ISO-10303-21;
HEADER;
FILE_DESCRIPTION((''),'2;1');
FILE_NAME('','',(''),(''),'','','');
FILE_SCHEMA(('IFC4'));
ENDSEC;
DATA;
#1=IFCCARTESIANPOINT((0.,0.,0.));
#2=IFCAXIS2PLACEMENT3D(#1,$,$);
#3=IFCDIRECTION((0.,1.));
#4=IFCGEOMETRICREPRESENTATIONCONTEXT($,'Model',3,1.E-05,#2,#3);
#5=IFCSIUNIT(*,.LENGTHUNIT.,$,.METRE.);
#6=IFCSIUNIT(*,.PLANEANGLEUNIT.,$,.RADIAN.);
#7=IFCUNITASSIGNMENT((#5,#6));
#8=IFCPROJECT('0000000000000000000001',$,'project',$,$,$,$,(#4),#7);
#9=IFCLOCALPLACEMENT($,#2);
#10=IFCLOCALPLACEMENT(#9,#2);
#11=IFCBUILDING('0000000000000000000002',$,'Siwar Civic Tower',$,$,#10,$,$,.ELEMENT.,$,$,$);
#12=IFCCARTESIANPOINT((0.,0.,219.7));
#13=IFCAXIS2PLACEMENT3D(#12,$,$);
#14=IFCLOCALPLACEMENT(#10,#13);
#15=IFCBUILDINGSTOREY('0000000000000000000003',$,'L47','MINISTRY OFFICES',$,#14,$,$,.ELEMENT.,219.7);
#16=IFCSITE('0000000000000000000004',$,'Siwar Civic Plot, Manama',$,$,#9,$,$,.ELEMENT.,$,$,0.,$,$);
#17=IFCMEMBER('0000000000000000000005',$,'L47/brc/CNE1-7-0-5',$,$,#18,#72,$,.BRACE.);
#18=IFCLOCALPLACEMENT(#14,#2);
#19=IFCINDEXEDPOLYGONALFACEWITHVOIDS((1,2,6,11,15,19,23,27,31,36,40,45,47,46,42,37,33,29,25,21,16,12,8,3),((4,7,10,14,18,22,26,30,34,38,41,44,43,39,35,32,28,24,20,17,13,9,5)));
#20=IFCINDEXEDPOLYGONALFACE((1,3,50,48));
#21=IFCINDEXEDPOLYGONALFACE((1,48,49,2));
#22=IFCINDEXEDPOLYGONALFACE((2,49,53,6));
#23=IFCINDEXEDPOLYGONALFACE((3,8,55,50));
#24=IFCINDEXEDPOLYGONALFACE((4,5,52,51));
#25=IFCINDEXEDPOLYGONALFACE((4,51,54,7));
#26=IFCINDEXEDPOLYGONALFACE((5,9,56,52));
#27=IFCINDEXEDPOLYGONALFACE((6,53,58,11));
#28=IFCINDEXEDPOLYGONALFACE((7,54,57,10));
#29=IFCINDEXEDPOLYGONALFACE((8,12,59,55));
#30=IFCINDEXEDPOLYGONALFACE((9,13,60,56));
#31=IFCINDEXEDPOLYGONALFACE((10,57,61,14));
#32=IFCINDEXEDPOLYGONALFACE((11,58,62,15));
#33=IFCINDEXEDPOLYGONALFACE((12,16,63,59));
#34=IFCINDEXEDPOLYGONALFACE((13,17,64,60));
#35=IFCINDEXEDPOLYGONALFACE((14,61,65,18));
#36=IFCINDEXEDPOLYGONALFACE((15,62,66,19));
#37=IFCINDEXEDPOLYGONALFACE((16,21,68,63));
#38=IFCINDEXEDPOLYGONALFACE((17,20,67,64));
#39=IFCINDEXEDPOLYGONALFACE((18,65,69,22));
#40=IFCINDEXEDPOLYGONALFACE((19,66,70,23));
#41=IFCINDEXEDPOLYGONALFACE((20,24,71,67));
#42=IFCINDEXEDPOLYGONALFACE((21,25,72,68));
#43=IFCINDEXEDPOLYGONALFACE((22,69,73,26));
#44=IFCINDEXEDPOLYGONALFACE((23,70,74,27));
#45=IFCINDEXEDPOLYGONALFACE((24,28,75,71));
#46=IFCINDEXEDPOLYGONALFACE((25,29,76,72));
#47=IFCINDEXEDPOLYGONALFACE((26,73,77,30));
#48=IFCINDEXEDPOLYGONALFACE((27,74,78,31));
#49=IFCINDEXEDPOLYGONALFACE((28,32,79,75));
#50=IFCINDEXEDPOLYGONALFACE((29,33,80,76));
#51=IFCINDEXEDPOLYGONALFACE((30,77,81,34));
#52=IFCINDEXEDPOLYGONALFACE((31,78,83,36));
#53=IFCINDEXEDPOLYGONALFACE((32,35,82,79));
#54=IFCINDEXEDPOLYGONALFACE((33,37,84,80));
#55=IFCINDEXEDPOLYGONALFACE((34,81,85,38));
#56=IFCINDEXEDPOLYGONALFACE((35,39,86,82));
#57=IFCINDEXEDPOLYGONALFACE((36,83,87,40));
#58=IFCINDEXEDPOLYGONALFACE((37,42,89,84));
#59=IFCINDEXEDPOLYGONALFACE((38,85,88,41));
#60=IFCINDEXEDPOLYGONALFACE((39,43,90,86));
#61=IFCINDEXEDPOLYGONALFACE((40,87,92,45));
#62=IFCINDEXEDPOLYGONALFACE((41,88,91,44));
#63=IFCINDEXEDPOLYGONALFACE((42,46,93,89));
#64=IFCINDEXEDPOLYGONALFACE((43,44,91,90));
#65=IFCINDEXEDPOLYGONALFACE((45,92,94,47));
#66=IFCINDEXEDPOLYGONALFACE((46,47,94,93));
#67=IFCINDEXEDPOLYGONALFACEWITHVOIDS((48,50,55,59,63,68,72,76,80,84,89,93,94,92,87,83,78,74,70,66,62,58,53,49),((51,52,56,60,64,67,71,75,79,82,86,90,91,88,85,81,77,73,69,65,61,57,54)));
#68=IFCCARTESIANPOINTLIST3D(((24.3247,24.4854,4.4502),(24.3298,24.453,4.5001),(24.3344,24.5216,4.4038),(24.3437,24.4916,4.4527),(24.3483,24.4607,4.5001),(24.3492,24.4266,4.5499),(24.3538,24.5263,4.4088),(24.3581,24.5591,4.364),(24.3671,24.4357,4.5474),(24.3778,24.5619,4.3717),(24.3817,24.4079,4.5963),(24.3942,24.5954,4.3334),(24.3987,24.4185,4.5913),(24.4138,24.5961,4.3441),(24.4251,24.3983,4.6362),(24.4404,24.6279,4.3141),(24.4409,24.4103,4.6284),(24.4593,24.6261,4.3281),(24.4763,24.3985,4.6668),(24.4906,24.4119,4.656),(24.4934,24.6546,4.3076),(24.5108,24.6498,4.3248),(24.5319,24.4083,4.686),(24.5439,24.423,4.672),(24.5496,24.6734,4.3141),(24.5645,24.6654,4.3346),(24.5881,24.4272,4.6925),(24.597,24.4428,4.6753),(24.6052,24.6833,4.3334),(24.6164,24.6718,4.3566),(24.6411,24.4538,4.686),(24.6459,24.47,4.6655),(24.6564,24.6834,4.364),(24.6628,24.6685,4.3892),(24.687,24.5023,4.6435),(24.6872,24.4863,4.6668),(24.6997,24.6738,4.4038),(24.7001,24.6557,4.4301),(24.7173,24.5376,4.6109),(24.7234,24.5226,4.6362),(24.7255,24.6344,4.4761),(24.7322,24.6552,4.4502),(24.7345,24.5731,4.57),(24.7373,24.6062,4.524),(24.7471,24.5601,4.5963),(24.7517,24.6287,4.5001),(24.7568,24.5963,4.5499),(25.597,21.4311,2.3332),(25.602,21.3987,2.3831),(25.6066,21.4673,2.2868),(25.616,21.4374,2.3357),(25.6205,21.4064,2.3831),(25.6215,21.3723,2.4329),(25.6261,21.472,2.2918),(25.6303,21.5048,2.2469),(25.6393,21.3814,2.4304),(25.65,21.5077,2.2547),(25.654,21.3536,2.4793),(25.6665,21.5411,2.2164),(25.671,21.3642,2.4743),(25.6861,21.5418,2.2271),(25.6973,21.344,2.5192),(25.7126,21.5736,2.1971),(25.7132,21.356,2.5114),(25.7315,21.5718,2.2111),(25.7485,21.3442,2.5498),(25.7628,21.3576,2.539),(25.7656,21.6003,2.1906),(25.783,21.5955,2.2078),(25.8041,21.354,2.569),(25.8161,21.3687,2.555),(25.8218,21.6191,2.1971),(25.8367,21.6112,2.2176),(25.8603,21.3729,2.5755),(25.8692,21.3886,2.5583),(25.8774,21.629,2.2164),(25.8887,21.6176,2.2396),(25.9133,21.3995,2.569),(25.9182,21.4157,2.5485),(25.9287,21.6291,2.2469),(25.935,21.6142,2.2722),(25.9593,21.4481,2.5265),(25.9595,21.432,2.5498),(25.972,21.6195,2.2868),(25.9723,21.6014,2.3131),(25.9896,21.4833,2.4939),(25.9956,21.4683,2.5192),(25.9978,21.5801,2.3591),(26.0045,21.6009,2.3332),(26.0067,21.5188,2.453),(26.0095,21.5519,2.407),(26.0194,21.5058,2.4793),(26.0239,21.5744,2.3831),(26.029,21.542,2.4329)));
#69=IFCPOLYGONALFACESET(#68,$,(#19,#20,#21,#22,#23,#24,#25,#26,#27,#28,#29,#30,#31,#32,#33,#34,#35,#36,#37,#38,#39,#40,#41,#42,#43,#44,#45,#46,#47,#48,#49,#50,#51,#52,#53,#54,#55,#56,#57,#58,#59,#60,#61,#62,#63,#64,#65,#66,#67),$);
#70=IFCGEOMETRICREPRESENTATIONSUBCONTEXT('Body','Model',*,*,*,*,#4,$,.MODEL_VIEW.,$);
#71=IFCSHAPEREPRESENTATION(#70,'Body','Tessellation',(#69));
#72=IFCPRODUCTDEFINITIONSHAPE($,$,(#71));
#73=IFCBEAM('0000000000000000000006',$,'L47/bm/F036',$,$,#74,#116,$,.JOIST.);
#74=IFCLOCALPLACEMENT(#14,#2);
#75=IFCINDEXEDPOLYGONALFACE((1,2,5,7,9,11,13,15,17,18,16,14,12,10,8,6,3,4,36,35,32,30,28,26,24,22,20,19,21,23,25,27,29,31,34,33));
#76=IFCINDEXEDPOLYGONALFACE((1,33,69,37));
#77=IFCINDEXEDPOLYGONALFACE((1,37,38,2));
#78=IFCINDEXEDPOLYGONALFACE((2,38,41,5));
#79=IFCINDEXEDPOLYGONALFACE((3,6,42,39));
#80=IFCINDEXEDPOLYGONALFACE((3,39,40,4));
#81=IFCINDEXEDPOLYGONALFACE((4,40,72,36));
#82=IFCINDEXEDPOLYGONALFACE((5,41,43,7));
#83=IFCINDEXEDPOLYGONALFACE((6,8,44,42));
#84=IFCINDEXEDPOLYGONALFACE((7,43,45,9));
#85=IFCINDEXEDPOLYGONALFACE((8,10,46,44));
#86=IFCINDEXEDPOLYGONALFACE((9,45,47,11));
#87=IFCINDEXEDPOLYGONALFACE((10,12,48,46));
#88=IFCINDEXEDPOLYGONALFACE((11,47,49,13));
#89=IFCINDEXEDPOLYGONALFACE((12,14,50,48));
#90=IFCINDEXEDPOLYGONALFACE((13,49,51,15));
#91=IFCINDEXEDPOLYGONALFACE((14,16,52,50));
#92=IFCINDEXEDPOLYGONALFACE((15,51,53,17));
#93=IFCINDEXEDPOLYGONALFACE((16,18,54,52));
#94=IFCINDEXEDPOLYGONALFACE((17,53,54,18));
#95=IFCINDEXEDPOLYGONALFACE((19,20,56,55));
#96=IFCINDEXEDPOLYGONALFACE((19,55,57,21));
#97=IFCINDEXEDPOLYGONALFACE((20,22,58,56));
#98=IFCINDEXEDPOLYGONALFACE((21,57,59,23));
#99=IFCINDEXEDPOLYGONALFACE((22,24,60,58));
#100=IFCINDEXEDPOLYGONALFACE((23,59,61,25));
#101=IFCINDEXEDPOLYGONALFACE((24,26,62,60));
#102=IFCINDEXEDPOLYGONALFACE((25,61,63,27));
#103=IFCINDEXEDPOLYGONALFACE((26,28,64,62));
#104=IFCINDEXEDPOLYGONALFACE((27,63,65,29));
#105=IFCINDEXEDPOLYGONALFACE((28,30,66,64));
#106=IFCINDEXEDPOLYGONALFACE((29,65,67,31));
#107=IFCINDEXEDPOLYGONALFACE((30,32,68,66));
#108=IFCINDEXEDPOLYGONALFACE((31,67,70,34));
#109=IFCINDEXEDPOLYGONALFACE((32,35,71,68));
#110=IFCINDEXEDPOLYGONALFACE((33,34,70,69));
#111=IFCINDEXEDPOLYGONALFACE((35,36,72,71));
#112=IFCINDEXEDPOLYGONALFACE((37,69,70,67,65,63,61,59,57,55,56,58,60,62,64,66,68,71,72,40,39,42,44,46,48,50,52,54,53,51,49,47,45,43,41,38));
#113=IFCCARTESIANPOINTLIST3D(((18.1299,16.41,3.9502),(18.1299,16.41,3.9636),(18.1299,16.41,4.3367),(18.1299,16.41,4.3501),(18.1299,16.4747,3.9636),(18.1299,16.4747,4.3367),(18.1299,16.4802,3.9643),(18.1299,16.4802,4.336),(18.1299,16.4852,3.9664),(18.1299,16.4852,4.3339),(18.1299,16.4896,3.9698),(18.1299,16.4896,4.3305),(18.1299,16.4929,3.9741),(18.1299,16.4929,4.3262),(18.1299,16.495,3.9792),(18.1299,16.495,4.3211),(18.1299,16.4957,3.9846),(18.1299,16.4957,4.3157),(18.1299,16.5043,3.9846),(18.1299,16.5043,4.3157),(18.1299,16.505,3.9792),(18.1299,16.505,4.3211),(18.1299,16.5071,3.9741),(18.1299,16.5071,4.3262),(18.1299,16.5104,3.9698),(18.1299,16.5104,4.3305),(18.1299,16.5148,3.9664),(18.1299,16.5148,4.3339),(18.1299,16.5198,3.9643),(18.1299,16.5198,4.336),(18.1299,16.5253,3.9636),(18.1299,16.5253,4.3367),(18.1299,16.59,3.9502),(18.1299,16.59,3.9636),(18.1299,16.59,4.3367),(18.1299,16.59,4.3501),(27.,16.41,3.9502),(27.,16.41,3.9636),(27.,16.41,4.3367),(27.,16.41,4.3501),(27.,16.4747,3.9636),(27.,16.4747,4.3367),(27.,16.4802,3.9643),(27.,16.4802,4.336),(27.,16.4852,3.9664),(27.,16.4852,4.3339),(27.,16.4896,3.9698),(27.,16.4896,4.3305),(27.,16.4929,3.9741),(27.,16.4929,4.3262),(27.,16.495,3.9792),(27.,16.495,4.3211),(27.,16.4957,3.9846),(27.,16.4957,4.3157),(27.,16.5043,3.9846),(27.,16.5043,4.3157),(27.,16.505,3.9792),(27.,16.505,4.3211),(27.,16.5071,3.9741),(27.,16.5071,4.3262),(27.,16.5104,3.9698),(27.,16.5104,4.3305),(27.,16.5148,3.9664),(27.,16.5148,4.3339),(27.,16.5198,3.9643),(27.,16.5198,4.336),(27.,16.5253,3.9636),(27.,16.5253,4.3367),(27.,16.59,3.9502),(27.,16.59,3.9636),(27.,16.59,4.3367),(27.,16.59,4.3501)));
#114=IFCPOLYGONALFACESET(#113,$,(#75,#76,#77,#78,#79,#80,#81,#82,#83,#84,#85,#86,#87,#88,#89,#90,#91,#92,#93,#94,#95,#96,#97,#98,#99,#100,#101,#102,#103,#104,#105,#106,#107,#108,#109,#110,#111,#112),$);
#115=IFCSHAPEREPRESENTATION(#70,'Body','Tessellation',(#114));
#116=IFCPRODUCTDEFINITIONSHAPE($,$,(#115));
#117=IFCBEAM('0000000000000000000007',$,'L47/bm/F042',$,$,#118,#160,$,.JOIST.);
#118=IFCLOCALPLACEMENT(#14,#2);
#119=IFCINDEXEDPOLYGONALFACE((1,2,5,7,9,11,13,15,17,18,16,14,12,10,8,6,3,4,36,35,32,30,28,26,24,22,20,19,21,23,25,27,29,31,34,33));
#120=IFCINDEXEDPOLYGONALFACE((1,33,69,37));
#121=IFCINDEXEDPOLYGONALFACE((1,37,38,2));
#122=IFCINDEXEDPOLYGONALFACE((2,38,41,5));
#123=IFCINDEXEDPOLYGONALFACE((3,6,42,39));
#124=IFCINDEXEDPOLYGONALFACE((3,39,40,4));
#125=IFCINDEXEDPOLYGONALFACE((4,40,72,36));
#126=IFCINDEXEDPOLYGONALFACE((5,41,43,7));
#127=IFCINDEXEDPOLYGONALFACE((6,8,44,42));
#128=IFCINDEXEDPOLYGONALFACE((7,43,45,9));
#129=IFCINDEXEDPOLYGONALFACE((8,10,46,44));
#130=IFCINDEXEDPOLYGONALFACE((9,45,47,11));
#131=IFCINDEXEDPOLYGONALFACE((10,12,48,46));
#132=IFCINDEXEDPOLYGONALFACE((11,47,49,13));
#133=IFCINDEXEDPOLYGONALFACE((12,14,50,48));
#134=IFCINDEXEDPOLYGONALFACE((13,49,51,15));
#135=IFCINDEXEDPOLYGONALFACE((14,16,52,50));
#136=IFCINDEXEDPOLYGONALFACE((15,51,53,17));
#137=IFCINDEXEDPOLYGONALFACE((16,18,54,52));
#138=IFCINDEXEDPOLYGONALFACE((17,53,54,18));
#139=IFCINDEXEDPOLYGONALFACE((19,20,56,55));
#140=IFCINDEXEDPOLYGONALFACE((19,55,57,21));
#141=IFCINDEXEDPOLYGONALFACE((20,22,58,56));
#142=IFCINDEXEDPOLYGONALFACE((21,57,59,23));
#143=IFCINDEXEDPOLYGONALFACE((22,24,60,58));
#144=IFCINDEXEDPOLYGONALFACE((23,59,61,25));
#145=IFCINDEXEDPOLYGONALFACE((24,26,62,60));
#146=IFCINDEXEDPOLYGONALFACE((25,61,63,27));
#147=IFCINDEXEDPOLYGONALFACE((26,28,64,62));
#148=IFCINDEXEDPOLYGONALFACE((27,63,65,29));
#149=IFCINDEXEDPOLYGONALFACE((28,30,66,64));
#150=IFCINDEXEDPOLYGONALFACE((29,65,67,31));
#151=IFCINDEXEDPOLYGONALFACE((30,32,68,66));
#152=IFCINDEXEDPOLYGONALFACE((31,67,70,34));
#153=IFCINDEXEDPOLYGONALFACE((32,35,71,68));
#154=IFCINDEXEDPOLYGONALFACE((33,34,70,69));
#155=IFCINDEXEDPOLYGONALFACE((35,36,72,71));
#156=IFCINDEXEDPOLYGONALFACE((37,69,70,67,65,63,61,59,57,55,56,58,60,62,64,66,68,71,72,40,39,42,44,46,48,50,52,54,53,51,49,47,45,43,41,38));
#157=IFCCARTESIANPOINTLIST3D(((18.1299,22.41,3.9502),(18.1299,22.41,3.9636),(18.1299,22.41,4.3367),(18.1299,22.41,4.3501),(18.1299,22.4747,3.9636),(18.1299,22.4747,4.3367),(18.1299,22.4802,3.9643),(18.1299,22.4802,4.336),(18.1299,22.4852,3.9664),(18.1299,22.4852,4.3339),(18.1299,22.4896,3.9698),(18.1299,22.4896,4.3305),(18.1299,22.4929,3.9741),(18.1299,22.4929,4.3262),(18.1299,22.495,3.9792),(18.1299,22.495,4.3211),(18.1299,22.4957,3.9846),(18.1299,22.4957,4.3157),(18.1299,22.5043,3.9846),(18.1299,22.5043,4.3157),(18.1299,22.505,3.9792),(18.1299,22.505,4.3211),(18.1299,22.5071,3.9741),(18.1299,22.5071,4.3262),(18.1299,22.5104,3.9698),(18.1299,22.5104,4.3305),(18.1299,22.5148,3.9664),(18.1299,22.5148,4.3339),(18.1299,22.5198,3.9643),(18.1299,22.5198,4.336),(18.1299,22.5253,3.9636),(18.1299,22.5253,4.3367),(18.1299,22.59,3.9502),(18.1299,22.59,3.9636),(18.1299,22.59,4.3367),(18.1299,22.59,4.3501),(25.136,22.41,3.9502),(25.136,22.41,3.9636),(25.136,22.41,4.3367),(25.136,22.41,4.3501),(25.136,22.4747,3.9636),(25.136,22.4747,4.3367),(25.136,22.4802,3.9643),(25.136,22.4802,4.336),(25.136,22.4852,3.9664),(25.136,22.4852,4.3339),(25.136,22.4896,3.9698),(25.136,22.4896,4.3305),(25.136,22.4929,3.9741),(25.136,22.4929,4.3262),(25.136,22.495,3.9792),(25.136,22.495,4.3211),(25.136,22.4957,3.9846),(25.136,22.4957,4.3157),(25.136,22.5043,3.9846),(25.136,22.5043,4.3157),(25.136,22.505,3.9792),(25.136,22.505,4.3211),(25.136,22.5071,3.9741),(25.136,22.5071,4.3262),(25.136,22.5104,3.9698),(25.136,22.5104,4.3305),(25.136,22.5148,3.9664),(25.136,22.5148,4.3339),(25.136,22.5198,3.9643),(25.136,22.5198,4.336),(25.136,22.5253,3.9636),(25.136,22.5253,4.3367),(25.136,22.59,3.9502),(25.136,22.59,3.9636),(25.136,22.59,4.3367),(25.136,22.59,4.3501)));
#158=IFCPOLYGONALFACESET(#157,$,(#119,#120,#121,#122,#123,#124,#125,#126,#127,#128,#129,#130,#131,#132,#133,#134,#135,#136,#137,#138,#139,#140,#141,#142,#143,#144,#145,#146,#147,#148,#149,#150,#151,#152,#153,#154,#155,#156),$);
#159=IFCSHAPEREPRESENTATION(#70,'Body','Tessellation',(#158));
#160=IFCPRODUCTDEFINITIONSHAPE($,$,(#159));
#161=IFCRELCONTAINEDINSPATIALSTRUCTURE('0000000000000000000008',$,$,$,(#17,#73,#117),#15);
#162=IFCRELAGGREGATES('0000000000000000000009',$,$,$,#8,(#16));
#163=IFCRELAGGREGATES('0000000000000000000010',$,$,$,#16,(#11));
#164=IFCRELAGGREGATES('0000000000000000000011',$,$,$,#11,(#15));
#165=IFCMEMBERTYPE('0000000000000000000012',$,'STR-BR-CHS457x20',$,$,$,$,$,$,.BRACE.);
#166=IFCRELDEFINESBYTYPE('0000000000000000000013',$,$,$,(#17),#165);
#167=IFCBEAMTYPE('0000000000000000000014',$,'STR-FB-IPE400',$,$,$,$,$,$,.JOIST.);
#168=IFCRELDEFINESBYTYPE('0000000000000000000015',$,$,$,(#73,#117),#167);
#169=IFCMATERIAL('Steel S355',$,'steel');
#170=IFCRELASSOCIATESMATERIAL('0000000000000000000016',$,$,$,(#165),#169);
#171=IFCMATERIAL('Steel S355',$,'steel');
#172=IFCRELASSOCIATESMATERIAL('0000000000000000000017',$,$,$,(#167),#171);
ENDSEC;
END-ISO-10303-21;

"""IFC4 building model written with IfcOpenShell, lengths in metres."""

from ifc_helpers import new_model, si_unit, direction, frame, origin, origin_2d, place, context, subcontext, project, spatial, hollow_circle, i_section, extrude, material, material_profile, profile_set, type_object, element, save


model = new_model("IFC4")

# Units and contexts
model_context = context("Model", 3, precision=1e-05, world=origin(), true_north=direction((0.0, 1.0)))
body_context = subcontext(model_context, "Body", "Model", "MODEL_VIEW")
ifc_project = project(units=[si_unit("LENGTHUNIT", "METRE"), si_unit("PLANEANGLEUNIT", "RADIAN")], contexts=[model_context])

# Site, building, storey
site_placement = place(None, origin())
site = spatial("IfcSite", under=ifc_project, at=site_placement, Name="Siwar Civic Plot, Manama", CompositionType="ELEMENT", RefElevation=0.0)
building_placement = place(site_placement, origin())
building = spatial("IfcBuilding", under=site, at=building_placement, Name="Siwar Civic Tower", CompositionType="ELEMENT")
storey_placement = place(building_placement, frame((0.0, 0.0, 219.7)))
storey = spatial("IfcBuildingStorey", under=building, at=storey_placement, Name="L47", Description="MINISTRY OFFICES", CompositionType="ELEMENT", Elevation=219.7)

# Member
ifc_material_1 = material(Name="Steel S355", Category="steel")
ifc_material_profile_1 = material_profile(ifc_material_1, hollow_circle(Radius=0.2285, WallThickness=0.02, at=origin_2d()), Name="CHS457x20")
ifc_profile_set_1 = profile_set([ifc_material_profile_1], Name="Steel S355")
member_type_1 = type_object("IfcMemberType", Name="STR-BR-CHS457x20", PredefinedType="BRACE", material=ifc_profile_set_1)
for number, where, z_axis, x_axis, name in (
    (1, (25.813, 21.4866, 2.3831), (-0.323895, 0.777572, 0.538955), (-0.923116, -0.384521, 0.0), "L47/brc/CNE1-7-0-5"),
):
    element("IfcMember", number, at=place(storey_placement, frame(where, z_axis=z_axis, x_axis=x_axis)), inside=storey, type_object=member_type_1, Name=name, PredefinedType="BRACE", context=body_context, shape_type="SweptSolid", body=[
        extrude(hollow_circle(Radius=0.2285, WallThickness=0.02, at=origin_2d()), origin(), (0.0, 0.0, 1.0), 3.928),
    ])

# Beams
ifc_material_2 = material(Name="Steel S355", Category="steel")
ifc_material_profile_2 = material_profile(ifc_material_2, i_section(OverallWidth=0.1799, OverallDepth=0.3999, WebThickness=0.0085, FlangeThickness=0.0134, FilletRadius=0.021, at=origin_2d()), Name="IPE400")
ifc_profile_set_2 = profile_set([ifc_material_profile_2], Name="Steel S355")
beam_type_1 = type_object("IfcBeamType", Name="STR-FB-IPE400", PredefinedType="JOIST", material=ifc_profile_set_2)
beam_1_placement = place(storey_placement, frame((18.1299, 16.5, 4.1501), z_axis=(1.0, 0.0, 0.0), x_axis=(0.0, 1.0, 0.0)))
element("IfcBeam", 2, at=beam_1_placement, inside=storey, type_object=beam_type_1, Name="L47/bm/F036", PredefinedType="JOIST", context=body_context, shape_type="SweptSolid", body=[
    extrude(i_section(OverallWidth=0.1799, OverallDepth=0.3999, WebThickness=0.0085, FlangeThickness=0.0134, FilletRadius=0.021, at=origin_2d()), origin(), (0.0, 0.0, 1.0), 8.8701),
])
beam_2_placement = place(storey_placement, frame((18.1299, 22.5, 4.1501), z_axis=(1.0, 0.0, 0.0), x_axis=(0.0, 1.0, 0.0)))
element("IfcBeam", 3, at=beam_2_placement, inside=storey, type_object=beam_type_1, Name="L47/bm/F042", PredefinedType="JOIST", context=body_context, shape_type="SweptSolid", body=[
    extrude(i_section(OverallWidth=0.1799, OverallDepth=0.3999, WebThickness=0.0085, FlangeThickness=0.0134, FilletRadius=0.021, at=origin_2d()), origin(), (0.0, 0.0, 1.0), 7.0061),
])

save(model, "model.ifc")
